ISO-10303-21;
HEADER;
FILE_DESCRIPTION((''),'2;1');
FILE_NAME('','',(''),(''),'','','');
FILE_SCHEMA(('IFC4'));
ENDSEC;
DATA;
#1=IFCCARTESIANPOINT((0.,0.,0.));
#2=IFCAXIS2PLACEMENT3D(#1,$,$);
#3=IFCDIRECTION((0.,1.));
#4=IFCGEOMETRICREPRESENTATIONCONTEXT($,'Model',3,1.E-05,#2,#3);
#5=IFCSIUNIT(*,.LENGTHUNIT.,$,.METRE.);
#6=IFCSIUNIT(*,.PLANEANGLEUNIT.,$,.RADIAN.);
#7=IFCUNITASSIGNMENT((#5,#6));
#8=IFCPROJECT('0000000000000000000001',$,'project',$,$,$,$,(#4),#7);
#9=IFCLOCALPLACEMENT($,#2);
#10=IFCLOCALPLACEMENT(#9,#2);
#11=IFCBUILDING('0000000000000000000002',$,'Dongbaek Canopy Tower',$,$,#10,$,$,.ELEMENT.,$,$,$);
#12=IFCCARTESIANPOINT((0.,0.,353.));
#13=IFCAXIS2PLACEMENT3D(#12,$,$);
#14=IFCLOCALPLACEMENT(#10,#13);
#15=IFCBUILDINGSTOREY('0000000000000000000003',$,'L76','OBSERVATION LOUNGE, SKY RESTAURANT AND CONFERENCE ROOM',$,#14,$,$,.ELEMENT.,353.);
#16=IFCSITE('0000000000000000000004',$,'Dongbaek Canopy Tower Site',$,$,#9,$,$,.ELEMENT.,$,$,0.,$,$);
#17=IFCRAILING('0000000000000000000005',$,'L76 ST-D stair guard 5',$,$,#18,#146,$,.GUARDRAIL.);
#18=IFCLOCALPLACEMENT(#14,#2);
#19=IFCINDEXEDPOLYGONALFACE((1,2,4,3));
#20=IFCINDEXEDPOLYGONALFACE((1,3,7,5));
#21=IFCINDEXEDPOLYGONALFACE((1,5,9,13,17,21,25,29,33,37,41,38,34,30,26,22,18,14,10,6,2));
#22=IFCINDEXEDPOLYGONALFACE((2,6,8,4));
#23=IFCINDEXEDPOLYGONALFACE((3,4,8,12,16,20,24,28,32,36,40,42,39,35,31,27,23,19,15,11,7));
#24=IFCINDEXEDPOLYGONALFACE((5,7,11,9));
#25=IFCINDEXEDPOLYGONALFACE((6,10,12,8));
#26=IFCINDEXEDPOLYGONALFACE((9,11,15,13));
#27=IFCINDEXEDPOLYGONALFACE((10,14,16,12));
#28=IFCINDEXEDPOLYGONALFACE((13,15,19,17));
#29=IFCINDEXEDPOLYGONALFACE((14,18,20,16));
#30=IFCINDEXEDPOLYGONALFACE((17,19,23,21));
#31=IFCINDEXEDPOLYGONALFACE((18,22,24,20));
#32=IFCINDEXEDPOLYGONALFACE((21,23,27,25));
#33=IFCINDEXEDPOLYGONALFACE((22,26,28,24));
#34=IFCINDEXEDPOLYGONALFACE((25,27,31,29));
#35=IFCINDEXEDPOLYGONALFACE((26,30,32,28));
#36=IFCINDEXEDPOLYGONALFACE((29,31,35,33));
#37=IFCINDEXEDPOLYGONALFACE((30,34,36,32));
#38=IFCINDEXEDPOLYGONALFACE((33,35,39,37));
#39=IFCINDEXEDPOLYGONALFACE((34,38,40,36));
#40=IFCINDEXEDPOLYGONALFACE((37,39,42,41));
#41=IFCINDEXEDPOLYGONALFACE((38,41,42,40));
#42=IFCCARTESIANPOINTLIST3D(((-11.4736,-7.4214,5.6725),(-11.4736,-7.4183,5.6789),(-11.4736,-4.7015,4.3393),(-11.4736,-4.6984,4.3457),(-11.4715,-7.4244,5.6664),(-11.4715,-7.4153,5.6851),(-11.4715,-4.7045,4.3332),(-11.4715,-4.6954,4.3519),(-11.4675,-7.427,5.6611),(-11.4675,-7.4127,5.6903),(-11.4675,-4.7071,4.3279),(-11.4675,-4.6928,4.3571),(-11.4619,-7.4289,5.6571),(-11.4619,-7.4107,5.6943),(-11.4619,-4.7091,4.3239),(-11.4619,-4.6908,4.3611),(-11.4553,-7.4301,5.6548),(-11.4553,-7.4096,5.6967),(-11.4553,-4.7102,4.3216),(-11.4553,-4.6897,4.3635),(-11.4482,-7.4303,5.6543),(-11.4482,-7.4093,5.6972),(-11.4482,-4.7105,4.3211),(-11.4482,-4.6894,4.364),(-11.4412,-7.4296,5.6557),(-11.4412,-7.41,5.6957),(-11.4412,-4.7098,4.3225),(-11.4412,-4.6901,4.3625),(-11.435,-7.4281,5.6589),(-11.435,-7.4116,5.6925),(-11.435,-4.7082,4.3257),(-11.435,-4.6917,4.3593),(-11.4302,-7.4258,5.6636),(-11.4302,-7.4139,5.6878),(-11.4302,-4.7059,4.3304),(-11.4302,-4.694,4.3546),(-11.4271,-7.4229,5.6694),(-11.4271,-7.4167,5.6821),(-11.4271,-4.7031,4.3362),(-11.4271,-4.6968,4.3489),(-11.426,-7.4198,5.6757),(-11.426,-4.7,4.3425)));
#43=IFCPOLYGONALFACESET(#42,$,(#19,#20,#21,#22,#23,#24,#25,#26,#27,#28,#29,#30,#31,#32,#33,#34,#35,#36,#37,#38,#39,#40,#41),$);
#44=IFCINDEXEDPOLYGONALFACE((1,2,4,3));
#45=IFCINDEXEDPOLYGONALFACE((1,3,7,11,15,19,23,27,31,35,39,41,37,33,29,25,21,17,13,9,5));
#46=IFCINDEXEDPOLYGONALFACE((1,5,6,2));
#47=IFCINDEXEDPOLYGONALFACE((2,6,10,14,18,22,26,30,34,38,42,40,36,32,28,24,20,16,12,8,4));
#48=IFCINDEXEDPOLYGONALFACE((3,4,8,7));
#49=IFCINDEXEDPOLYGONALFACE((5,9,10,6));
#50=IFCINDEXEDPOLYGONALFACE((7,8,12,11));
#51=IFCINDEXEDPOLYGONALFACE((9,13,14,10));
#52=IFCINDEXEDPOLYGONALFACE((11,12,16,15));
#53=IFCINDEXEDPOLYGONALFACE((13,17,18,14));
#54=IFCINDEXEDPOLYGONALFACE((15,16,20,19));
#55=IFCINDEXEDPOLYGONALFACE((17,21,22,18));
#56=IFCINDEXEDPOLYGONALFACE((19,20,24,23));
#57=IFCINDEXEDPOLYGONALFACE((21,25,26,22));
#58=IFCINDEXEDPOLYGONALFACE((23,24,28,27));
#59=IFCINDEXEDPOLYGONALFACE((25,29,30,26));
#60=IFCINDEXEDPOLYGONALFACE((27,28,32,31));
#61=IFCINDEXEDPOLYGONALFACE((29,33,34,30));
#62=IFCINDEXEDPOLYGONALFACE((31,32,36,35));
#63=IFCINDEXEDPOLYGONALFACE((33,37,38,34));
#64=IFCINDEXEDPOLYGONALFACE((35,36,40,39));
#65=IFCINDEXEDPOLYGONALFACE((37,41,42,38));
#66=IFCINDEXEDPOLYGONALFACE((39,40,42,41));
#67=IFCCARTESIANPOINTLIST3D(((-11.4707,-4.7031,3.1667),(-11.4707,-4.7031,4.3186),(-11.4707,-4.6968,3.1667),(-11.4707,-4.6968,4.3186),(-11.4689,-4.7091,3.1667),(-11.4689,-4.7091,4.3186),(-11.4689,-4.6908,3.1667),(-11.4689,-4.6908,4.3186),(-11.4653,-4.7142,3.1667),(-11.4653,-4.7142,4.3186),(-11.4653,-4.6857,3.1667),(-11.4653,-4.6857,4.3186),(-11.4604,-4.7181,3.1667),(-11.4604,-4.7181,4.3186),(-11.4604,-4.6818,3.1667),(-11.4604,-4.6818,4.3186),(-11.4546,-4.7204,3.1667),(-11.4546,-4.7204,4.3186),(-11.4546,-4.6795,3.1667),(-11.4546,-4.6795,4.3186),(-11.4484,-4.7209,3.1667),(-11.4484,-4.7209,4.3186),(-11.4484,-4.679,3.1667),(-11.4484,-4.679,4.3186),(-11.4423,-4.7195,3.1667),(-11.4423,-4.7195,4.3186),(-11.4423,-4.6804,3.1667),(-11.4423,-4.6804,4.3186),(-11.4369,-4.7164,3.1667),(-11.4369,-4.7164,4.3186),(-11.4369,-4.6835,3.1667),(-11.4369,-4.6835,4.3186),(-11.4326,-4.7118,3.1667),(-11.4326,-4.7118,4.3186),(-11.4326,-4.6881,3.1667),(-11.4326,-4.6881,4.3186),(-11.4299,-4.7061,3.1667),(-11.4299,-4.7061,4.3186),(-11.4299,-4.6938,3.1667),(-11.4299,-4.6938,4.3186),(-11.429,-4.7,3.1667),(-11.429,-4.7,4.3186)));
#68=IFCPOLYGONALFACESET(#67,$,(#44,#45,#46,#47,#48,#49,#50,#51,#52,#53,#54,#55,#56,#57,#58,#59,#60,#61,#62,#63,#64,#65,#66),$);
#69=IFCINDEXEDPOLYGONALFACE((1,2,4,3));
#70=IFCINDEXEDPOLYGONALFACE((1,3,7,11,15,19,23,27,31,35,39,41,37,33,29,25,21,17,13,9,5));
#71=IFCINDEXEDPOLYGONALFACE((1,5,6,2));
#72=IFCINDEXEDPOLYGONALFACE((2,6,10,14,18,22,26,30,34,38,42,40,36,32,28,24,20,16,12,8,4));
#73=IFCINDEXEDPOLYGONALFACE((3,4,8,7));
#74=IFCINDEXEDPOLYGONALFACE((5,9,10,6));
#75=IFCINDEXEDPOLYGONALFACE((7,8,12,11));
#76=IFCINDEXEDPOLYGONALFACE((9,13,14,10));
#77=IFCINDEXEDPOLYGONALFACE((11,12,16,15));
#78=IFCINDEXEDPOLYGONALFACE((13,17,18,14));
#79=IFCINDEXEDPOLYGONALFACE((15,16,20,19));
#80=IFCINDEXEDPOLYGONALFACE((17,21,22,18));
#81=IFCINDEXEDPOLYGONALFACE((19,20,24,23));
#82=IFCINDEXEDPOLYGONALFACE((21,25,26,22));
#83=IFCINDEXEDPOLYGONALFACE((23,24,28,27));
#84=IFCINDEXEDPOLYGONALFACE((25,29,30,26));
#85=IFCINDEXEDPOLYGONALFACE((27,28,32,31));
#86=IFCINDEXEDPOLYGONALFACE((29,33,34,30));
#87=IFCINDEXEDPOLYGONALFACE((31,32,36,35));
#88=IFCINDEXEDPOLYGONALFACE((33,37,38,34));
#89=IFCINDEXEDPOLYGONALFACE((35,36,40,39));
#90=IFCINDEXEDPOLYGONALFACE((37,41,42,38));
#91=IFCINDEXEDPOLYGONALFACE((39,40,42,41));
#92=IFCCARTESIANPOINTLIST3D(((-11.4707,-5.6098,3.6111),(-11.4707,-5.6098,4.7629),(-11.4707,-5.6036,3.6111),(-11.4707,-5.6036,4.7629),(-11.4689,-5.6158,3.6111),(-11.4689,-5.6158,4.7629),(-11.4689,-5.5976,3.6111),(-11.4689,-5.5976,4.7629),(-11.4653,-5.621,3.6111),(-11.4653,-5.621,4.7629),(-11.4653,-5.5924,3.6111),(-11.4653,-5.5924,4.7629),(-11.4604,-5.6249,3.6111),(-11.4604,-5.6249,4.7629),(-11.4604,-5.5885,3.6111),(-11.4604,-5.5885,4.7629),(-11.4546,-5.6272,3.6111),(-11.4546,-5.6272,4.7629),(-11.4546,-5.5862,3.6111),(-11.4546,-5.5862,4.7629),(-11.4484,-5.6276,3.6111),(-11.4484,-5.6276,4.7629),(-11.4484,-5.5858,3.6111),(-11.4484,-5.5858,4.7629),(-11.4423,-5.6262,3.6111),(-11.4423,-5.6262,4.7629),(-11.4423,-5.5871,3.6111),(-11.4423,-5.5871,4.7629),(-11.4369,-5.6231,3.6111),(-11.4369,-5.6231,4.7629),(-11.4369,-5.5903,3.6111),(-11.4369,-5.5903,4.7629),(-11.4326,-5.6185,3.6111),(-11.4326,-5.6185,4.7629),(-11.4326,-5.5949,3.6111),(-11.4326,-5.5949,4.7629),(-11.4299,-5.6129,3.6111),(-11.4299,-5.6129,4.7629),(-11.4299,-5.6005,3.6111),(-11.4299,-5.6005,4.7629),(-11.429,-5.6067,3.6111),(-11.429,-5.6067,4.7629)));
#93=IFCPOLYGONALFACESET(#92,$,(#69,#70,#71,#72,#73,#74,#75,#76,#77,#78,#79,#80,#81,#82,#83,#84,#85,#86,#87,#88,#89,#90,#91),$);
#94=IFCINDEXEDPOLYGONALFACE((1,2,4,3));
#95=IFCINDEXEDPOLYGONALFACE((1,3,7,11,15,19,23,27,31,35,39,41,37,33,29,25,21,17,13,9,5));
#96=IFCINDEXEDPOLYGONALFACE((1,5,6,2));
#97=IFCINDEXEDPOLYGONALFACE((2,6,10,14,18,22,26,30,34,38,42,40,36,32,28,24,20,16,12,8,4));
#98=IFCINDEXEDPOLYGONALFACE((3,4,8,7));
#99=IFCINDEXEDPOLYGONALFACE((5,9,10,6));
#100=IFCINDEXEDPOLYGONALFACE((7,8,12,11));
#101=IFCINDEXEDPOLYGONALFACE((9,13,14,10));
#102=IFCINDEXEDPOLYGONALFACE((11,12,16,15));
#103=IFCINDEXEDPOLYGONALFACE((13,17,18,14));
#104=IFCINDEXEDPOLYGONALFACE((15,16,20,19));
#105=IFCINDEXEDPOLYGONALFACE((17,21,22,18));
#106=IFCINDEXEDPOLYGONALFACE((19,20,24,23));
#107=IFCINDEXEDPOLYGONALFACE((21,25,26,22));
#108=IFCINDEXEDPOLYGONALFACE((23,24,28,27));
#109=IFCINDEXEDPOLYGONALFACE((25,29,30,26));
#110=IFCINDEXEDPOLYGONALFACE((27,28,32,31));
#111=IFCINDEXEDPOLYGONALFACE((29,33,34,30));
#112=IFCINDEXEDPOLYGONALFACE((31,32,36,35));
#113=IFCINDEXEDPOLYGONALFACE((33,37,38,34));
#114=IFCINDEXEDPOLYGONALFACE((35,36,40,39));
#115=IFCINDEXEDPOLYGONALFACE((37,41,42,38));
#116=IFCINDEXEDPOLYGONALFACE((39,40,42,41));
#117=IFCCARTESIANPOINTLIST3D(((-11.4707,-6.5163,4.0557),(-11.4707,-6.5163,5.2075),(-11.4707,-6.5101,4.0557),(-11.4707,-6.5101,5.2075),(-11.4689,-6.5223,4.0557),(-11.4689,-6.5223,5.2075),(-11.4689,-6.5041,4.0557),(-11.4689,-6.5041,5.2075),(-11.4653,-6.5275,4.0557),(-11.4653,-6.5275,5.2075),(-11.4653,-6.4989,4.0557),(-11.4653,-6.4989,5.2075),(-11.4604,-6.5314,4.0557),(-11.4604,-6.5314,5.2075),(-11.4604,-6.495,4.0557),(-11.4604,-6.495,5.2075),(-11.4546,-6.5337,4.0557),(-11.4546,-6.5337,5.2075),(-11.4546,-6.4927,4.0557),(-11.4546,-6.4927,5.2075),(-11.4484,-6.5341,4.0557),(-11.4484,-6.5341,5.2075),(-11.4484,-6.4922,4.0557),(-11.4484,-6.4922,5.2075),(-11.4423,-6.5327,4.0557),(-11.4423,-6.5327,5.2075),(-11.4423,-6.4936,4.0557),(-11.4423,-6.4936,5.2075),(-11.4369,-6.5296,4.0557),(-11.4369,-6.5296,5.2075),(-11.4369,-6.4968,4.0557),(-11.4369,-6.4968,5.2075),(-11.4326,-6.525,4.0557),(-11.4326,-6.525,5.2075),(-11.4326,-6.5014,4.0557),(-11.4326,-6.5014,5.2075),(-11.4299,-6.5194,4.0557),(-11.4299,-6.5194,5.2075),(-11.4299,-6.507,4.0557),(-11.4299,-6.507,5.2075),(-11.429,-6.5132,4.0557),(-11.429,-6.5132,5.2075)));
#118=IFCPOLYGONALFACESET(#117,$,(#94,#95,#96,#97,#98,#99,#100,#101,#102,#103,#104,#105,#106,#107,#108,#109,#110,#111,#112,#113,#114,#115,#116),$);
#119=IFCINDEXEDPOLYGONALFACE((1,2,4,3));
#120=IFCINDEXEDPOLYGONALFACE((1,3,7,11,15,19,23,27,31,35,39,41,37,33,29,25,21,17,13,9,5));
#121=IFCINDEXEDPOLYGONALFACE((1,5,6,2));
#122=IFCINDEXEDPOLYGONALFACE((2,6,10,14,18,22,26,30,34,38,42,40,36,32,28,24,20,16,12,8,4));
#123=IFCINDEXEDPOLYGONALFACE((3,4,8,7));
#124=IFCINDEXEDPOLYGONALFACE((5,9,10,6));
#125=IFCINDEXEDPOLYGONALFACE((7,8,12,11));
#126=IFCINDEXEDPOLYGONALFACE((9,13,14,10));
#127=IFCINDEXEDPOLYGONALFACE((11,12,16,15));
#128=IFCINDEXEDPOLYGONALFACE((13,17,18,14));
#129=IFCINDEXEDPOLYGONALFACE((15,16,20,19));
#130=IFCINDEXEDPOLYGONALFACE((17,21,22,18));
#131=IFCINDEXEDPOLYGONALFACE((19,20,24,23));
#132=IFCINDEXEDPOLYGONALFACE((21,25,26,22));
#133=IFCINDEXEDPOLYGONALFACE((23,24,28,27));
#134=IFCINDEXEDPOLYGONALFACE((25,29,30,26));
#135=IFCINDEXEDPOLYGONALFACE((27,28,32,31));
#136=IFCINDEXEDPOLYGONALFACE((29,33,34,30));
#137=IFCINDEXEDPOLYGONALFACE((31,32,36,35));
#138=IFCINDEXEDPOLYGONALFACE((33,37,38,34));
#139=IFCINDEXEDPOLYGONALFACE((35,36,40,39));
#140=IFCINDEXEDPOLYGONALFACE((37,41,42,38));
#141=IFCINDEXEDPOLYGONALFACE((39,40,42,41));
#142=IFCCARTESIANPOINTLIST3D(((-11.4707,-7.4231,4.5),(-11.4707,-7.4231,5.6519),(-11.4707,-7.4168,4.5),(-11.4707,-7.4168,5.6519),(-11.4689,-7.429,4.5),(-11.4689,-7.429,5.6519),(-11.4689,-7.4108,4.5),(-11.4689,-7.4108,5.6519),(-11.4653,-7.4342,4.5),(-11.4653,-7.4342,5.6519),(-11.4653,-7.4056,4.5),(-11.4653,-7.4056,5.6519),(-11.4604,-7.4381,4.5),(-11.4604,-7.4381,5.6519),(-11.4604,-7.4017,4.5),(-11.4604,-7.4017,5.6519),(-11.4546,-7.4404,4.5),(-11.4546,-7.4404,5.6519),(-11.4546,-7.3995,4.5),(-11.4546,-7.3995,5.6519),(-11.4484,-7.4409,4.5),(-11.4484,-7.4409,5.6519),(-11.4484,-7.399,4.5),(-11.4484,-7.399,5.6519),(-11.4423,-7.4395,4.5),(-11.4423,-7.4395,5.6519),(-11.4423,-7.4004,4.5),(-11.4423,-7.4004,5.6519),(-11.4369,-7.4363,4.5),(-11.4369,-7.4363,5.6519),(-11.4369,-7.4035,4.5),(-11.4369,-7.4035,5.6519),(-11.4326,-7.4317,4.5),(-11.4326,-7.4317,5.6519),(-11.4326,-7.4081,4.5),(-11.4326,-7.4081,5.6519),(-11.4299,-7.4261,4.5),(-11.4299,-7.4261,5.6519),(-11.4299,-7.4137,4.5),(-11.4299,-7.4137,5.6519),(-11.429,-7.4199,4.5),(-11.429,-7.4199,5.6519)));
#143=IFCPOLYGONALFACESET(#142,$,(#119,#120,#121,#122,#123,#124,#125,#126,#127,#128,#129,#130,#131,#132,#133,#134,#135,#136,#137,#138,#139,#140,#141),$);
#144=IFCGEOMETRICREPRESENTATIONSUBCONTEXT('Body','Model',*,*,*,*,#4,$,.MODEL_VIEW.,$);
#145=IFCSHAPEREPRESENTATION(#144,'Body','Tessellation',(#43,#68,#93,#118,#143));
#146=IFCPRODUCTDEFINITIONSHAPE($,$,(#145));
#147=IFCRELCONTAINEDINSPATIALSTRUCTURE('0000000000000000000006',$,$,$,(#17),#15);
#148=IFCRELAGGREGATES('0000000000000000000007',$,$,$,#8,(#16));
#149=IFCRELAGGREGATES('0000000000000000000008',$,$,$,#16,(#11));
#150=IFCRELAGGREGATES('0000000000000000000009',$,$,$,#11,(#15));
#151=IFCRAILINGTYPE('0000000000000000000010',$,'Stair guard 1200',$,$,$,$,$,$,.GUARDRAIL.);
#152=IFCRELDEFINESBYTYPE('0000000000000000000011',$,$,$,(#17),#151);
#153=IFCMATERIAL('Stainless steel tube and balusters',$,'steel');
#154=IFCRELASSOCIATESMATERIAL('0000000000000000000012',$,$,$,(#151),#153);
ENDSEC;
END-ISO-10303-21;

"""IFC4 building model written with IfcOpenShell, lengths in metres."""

from ifc_helpers import new_model, si_unit, direction, frame, origin, origin_2d, place, context, subcontext, project, spatial, circle, extrude, material, type_object, element, save


model = new_model("IFC4")

# Units and contexts
model_context = context("Model", 3, precision=1e-05, world=origin(), true_north=direction((0.0, 1.0)))
body_context = subcontext(model_context, "Body", "Model", "MODEL_VIEW")
ifc_project = project(units=[si_unit("LENGTHUNIT", "METRE"), si_unit("PLANEANGLEUNIT", "RADIAN")], contexts=[model_context])

# Site, building, storey
site_placement = place(None, origin())
site = spatial("IfcSite", under=ifc_project, at=site_placement, Name="Dongbaek Canopy Tower Site", CompositionType="ELEMENT", RefElevation=0.0)
building_placement = place(site_placement, origin())
building = spatial("IfcBuilding", under=site, at=building_placement, Name="Dongbaek Canopy Tower", CompositionType="ELEMENT")
storey_placement = place(building_placement, frame((0.0, 0.0, 353.0)))
storey = spatial("IfcBuildingStorey", under=building, at=storey_placement, Name="L76", Description="OBSERVATION LOUNGE, SKY RESTAURANT AND CONFERENCE ROOM", CompositionType="ELEMENT", Elevation=353.0)

# Railing
ifc_material_1 = material(Name="Stainless steel tube and balusters", Category="steel")
railing_type_1 = type_object("IfcRailingType", Name="Stair guard 1200", PredefinedType="GUARDRAIL", material=ifc_material_1)
railing_1_placement = place(storey_placement, frame((-11.45, -4.7, 3.1667)))
element("IfcRailing", 1, at=railing_1_placement, inside=storey, type_object=railing_type_1, Name="L76 ST-D stair guard 5", PredefinedType="GUARDRAIL", context=body_context, shape_type="SweptSolid", body=[
    extrude(circle(Radius=0.0239, at=origin_2d()), frame((0.0, 0.0, 1.1758), z_axis=(0.0, -0.897929, 0.440139), x_axis=(1.0, 0.0, 0.0)), (0.0, 0.0, 1.0), 3.0291),
    extrude(circle(Radius=0.021, at=origin_2d()), origin(), (0.0, 0.0, 1.0), 1.1519),
    extrude(circle(Radius=0.021, at=origin_2d()), frame((0.0, -0.9067, 0.4443)), (0.0, 0.0, 1.0), 1.1519),
    extrude(circle(Radius=0.021, at=origin_2d()), frame((0.0, -1.8132, 0.8889)), (0.0, 0.0, 1.0), 1.1519),
    extrude(circle(Radius=0.021, at=origin_2d()), frame((0.0, -2.72, 1.3333)), (0.0, 0.0, 1.0), 1.1519),
])

save(model, "model.ifc")
